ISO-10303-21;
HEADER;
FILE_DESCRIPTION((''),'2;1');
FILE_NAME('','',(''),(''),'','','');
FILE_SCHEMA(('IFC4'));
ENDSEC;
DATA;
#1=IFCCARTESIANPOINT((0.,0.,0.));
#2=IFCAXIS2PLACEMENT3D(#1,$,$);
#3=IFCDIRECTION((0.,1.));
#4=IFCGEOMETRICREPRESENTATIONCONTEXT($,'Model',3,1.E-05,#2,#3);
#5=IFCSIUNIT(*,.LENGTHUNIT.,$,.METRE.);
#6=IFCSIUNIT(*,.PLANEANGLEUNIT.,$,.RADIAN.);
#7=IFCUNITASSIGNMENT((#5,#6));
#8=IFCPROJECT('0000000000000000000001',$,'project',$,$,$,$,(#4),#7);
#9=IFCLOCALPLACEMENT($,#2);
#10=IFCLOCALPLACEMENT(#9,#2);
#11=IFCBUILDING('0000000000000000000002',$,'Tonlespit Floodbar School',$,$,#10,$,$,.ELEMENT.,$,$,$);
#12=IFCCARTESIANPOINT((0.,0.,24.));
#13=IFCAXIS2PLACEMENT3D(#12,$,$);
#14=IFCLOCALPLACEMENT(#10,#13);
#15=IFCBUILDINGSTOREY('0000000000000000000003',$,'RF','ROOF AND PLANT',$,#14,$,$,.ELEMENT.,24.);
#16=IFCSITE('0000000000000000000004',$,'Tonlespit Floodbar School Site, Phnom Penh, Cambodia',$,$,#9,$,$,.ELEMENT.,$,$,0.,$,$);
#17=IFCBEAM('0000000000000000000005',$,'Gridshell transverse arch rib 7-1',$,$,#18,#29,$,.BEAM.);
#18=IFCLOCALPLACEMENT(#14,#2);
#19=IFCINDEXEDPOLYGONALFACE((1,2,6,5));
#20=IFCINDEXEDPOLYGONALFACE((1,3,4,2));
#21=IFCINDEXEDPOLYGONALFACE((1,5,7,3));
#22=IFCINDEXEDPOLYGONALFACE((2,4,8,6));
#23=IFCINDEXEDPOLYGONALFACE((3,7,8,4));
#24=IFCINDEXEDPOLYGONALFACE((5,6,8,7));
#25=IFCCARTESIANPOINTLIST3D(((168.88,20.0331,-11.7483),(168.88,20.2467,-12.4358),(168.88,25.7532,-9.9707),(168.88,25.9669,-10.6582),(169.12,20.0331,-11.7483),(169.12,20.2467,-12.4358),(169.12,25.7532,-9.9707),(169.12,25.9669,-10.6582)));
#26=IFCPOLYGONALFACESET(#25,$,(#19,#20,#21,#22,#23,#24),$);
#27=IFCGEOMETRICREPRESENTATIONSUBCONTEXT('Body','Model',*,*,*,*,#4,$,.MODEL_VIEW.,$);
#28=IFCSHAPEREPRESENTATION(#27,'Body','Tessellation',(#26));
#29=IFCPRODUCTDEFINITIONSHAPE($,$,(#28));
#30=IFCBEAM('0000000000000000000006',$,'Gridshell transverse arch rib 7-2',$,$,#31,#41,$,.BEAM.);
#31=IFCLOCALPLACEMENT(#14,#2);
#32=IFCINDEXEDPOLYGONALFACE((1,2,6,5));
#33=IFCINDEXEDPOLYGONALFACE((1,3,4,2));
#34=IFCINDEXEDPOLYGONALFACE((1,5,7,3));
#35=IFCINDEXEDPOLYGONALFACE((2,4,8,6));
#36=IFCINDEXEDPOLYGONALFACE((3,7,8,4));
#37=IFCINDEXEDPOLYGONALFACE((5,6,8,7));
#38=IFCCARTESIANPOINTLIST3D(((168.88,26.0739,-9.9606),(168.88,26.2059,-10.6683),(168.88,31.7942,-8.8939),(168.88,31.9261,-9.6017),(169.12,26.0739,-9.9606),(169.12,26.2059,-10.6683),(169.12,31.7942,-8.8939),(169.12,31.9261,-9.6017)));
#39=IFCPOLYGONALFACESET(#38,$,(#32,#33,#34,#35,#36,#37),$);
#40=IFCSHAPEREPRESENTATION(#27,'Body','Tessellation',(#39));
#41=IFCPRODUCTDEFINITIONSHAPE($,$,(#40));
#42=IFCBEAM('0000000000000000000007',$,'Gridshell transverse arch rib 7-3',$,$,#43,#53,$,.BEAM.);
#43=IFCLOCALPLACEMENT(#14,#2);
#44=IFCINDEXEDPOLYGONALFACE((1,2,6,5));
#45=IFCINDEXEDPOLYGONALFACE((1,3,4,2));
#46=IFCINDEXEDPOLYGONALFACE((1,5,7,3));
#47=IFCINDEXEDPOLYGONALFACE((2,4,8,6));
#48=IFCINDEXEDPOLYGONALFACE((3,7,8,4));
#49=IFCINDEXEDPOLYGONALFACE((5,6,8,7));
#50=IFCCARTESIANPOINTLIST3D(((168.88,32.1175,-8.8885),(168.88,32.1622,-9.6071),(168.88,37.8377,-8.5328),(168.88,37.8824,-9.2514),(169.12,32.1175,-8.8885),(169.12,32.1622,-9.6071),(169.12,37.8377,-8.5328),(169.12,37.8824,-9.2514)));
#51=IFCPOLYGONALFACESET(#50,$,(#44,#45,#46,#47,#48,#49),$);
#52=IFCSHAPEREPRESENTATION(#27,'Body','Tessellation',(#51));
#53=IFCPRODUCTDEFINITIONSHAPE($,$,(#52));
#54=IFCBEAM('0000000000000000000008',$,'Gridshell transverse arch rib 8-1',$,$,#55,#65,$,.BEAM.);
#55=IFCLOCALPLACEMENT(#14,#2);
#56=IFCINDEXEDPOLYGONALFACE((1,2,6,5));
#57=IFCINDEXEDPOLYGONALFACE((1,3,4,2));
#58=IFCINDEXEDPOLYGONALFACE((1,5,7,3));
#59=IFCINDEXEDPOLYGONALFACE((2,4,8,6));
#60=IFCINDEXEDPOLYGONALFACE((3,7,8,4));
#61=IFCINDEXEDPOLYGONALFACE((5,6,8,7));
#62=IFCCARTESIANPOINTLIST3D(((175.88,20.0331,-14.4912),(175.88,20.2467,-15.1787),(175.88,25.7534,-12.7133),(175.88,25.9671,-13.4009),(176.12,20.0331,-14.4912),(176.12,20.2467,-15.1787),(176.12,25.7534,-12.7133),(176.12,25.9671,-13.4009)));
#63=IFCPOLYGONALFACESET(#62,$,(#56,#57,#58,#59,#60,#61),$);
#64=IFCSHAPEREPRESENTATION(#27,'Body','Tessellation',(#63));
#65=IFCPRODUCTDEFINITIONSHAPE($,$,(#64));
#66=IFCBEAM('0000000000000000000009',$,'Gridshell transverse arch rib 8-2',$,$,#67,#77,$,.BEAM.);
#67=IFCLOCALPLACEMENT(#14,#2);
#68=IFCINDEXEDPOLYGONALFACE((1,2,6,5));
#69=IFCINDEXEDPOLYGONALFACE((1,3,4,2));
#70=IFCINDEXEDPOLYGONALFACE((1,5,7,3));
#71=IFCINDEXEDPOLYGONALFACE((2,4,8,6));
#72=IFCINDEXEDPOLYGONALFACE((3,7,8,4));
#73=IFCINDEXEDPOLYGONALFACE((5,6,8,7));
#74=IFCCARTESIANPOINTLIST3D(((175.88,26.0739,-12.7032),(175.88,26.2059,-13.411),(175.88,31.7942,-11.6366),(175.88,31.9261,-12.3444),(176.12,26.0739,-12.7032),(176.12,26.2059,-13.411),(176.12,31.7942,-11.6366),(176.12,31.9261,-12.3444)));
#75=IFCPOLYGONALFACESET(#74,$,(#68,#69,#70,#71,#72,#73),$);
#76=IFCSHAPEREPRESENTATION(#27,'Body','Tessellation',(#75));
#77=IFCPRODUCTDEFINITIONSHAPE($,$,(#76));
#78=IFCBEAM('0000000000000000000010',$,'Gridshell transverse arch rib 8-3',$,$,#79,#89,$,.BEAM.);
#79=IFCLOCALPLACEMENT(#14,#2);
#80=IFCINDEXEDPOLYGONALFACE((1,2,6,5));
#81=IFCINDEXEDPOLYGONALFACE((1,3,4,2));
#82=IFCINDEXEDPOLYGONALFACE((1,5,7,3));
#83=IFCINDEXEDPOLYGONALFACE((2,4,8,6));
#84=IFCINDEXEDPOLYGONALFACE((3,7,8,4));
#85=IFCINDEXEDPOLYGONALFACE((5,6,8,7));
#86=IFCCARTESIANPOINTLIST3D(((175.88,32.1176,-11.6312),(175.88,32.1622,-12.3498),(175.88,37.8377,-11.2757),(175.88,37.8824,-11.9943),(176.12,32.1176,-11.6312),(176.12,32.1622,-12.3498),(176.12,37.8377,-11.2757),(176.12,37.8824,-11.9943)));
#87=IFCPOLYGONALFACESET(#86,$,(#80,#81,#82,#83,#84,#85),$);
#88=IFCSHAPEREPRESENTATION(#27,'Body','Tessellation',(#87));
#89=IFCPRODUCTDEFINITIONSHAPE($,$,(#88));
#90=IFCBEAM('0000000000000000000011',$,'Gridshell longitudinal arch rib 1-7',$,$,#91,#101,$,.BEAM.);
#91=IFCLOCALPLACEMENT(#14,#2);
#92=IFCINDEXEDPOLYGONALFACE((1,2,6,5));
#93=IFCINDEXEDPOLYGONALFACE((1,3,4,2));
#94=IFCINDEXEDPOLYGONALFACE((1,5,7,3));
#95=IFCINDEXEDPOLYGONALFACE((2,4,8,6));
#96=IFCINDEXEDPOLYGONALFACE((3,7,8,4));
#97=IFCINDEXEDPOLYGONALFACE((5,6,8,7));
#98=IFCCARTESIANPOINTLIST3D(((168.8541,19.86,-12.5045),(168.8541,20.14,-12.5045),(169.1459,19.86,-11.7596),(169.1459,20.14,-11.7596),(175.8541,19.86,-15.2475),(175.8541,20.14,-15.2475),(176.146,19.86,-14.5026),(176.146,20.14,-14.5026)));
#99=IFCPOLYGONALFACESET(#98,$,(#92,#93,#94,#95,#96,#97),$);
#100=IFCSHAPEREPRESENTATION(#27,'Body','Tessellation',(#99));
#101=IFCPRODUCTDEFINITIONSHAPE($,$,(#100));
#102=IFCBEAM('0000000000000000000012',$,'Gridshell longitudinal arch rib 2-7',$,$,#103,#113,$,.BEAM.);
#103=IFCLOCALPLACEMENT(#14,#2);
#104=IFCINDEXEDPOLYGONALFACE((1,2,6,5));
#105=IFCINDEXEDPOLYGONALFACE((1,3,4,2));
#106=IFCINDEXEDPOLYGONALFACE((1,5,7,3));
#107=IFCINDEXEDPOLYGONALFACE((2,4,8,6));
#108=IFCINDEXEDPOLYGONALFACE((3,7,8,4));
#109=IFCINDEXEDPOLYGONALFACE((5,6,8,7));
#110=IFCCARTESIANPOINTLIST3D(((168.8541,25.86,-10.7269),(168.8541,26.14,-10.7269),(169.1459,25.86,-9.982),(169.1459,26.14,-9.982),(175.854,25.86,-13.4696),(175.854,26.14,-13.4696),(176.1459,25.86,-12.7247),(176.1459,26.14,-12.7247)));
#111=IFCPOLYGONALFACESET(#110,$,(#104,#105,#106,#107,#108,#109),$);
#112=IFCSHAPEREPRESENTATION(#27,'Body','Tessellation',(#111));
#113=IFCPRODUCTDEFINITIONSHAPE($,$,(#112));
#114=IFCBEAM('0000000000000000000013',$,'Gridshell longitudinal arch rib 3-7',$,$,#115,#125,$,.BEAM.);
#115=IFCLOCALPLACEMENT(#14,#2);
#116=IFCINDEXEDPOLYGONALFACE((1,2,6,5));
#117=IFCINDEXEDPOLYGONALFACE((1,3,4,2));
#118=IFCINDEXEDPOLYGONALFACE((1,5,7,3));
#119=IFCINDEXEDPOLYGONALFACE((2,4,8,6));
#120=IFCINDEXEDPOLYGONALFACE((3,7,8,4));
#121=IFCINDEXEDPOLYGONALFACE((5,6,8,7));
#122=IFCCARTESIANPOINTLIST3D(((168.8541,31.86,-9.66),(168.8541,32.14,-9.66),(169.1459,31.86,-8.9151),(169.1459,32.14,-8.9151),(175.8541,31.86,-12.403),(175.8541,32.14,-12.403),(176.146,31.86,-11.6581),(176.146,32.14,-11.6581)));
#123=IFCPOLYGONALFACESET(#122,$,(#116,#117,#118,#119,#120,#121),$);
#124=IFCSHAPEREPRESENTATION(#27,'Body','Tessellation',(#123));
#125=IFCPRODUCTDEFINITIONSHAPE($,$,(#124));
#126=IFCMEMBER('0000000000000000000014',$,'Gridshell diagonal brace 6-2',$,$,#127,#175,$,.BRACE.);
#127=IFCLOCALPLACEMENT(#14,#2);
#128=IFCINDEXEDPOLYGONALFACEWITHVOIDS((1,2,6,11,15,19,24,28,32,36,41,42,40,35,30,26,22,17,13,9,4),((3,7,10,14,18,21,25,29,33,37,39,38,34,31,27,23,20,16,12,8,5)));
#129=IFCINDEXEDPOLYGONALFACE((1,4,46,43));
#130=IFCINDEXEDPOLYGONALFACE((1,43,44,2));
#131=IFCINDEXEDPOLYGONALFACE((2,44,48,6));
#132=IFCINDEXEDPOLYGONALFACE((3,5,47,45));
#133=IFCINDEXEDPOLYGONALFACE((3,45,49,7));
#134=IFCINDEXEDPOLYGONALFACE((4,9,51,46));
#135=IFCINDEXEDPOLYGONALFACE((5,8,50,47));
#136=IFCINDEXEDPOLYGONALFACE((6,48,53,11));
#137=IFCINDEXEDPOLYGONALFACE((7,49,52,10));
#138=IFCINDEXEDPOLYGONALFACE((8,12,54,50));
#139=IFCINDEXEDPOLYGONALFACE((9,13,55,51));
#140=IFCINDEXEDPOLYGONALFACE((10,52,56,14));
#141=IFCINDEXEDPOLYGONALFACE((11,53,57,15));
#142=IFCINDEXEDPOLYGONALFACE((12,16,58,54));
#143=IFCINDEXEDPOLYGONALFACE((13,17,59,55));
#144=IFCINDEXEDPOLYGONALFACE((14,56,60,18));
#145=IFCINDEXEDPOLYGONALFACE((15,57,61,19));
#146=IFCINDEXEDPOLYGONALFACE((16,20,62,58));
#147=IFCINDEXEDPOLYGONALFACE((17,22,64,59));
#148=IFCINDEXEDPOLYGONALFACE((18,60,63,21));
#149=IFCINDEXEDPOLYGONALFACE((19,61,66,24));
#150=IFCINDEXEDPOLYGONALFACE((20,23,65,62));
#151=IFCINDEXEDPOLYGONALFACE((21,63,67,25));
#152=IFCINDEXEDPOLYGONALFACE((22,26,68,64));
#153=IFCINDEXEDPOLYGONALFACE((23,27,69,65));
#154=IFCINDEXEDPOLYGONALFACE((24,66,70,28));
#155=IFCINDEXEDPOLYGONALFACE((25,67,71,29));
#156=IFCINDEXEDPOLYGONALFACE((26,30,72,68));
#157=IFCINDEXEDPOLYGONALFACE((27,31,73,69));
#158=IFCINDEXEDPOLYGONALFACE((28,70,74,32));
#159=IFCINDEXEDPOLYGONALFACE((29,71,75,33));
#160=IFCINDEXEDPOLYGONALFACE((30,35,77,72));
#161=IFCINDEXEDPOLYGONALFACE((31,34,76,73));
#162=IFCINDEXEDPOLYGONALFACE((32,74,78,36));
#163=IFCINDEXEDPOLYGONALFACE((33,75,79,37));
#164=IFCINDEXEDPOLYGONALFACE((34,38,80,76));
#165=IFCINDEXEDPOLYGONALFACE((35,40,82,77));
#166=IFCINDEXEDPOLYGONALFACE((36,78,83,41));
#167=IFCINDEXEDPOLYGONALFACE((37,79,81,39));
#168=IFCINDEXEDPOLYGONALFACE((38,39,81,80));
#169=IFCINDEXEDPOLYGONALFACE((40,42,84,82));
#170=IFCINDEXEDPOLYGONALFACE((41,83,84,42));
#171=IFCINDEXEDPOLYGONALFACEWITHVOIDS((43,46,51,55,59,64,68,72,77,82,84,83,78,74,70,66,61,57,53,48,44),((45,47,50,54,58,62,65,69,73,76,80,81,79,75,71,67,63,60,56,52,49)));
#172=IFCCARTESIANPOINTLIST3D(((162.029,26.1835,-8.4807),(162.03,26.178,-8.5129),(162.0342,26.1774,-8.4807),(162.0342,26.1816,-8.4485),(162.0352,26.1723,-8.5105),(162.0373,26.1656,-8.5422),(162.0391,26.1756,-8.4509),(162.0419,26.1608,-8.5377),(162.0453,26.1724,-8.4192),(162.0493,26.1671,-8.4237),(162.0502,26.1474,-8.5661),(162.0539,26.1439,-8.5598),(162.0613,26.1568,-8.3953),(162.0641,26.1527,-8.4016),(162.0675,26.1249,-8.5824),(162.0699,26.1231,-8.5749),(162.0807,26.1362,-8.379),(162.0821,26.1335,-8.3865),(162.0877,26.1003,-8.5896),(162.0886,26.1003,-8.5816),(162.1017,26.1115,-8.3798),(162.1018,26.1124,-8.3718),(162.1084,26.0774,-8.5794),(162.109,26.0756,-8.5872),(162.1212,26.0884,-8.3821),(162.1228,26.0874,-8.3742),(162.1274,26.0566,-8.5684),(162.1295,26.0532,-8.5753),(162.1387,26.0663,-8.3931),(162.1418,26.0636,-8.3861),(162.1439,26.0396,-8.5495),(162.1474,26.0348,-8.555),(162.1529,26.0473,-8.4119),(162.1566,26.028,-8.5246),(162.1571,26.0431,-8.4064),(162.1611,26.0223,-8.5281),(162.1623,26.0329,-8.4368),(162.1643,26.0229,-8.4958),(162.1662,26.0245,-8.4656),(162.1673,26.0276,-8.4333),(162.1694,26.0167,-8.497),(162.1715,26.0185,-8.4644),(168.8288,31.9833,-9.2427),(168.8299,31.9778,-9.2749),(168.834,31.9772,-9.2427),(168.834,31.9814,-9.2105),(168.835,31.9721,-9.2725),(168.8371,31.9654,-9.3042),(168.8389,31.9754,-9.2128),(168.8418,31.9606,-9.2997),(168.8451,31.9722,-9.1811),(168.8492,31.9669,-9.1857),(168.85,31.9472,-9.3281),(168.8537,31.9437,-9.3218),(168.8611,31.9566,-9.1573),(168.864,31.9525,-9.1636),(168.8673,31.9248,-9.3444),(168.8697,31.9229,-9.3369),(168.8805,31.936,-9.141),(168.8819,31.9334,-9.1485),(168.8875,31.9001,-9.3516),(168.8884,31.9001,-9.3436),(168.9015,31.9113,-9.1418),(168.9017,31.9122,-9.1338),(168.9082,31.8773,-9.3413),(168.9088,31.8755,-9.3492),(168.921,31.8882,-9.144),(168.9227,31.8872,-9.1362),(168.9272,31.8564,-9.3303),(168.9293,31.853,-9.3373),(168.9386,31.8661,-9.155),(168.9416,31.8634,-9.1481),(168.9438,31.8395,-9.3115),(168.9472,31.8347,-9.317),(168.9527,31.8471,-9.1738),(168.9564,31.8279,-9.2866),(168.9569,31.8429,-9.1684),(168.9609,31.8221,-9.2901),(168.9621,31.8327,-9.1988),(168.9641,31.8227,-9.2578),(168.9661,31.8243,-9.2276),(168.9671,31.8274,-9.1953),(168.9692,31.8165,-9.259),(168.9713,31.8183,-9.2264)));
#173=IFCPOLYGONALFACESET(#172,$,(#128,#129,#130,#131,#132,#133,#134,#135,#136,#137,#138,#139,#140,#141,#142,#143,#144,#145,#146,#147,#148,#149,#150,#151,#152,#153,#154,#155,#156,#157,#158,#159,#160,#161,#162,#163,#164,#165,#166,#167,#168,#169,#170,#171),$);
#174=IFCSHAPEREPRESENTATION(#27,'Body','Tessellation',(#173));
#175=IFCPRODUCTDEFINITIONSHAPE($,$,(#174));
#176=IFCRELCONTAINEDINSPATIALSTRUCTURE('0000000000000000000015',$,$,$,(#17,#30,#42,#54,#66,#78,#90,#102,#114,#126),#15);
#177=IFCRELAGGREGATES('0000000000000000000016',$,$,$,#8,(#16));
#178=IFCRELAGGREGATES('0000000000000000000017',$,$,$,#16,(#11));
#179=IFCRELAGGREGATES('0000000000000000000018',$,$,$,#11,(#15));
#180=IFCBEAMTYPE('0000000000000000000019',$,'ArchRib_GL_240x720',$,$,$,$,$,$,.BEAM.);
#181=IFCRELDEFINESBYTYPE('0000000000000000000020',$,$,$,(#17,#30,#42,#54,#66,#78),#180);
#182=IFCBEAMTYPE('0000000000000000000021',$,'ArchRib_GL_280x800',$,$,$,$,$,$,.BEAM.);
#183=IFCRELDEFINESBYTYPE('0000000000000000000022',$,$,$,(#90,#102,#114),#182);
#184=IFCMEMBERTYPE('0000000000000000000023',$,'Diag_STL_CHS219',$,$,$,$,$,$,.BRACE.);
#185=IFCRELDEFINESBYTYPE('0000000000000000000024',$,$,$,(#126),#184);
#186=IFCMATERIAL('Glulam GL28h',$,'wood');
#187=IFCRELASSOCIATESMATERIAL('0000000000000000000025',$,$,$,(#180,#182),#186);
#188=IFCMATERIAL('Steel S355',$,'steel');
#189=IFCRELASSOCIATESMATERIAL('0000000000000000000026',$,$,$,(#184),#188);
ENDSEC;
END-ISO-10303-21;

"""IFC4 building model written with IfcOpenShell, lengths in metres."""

from ifc_helpers import new_model, si_unit, direction, frame, origin, origin_2d, place, context, subcontext, project, spatial, rectangle, hollow_circle, extrude, material, material_profile, profile_set, type_object, element, save


model = new_model("IFC4")

# Units and contexts
model_context = context("Model", 3, precision=1e-05, world=origin(), true_north=direction((0.0, 1.0)))
body_context = subcontext(model_context, "Body", "Model", "MODEL_VIEW")
ifc_project = project(units=[si_unit("LENGTHUNIT", "METRE"), si_unit("PLANEANGLEUNIT", "RADIAN")], contexts=[model_context])

# Site, building, storey
site_placement = place(None, origin())
site = spatial("IfcSite", under=ifc_project, at=site_placement, Name="Tonlespit Floodbar School Site, Phnom Penh, Cambodia", CompositionType="ELEMENT", RefElevation=0.0)
building_placement = place(site_placement, origin())
building = spatial("IfcBuilding", under=site, at=building_placement, Name="Tonlespit Floodbar School", CompositionType="ELEMENT")
storey_placement = place(building_placement, frame((0.0, 0.0, 24.0)))
storey = spatial("IfcBuildingStorey", under=building, at=storey_placement, Name="RF", Description="ROOF AND PLANT", CompositionType="ELEMENT", Elevation=24.0)

# Beams
ifc_material_1 = material(Name="Glulam GL28h", Category="wood")
ifc_material_profile_1 = material_profile(ifc_material_1, rectangle(XDim=0.24, YDim=0.72, at=origin_2d()), Name="GL 240x720")
ifc_profile_set_1 = profile_set([ifc_material_profile_1], Name="Glulam GL28h")
beam_type_1 = type_object("IfcBeamType", Name="ArchRib_GL_240x720", PredefinedType="BEAM", material=ifc_profile_set_1)
beam_1_placement = place(storey_placement, frame((169.0, 20.1399, -12.092), z_axis=(0.0, 0.954953, 0.296757), x_axis=(-1.0, 0.0, 0.0)))
element("IfcBeam", 1, at=beam_1_placement, inside=storey, type_object=beam_type_1, Name="Gridshell transverse arch rib 7-1", PredefinedType="BEAM", context=body_context, shape_type="SweptSolid", body=[
    extrude(rectangle(XDim=0.24, YDim=0.72, at=origin_2d()), origin(), (0.0, 0.0, 1.0), 5.99),
])
beam_2_placement = place(storey_placement, frame((169.0, 26.1399, -10.3145), z_axis=(0.0, 0.983055, 0.183311), x_axis=(-1.0, 0.0, 0.0)))
element("IfcBeam", 2, at=beam_2_placement, inside=storey, type_object=beam_type_1, Name="Gridshell transverse arch rib 7-2", PredefinedType="BEAM", context=body_context, shape_type="SweptSolid", body=[
    extrude(rectangle(XDim=0.24, YDim=0.72, at=origin_2d()), origin(), (0.0, 0.0, 1.0), 5.8188),
])
beam_3_placement = place(storey_placement, frame((169.0, 32.1399, -9.2478), z_axis=(0.0, 0.998072, 0.062065), x_axis=(-1.0, 0.0, 0.0)))
element("IfcBeam", 3, at=beam_3_placement, inside=storey, type_object=beam_type_1, Name="Gridshell transverse arch rib 7-3", PredefinedType="BEAM", context=body_context, shape_type="SweptSolid", body=[
    extrude(rectangle(XDim=0.24, YDim=0.72, at=origin_2d()), origin(), (0.0, 0.0, 1.0), 5.7312),
])
beam_4_placement = place(storey_placement, frame((176.0, 20.1399, -14.835), z_axis=(0.0, 0.954942, 0.296794), x_axis=(-1.0, 0.0, 0.0)))
element("IfcBeam", 4, at=beam_4_placement, inside=storey, type_object=beam_type_1, Name="Gridshell transverse arch rib 8-1", PredefinedType="BEAM", context=body_context, shape_type="SweptSolid", body=[
    extrude(rectangle(XDim=0.24, YDim=0.72, at=origin_2d()), origin(), (0.0, 0.0, 1.0), 5.9902),
])
beam_5_placement = place(storey_placement, frame((176.0, 26.1399, -13.0571), z_axis=(0.0, 0.983055, 0.183311), x_axis=(-1.0, 0.0, 0.0)))
element("IfcBeam", 5, at=beam_5_placement, inside=storey, type_object=beam_type_1, Name="Gridshell transverse arch rib 8-2", PredefinedType="BEAM", context=body_context, shape_type="SweptSolid", body=[
    extrude(rectangle(XDim=0.24, YDim=0.72, at=origin_2d()), origin(), (0.0, 0.0, 1.0), 5.8188),
])
beam_6_placement = place(storey_placement, frame((176.0, 32.1399, -11.9905), z_axis=(0.0, 0.998075, 0.062023), x_axis=(-1.0, 0.0, 0.0)))
element("IfcBeam", 6, at=beam_6_placement, inside=storey, type_object=beam_type_1, Name="Gridshell transverse arch rib 8-3", PredefinedType="BEAM", context=body_context, shape_type="SweptSolid", body=[
    extrude(rectangle(XDim=0.24, YDim=0.72, at=origin_2d()), origin(), (0.0, 0.0, 1.0), 5.7312),
])
ifc_material_profile_2 = material_profile(ifc_material_1, rectangle(XDim=0.28, YDim=0.8, at=origin_2d()), Name="GL 280x800")
ifc_profile_set_2 = profile_set([ifc_material_profile_2], Name="Glulam GL28h")
beam_type_2 = type_object("IfcBeamType", Name="ArchRib_GL_280x800", PredefinedType="BEAM", material=ifc_profile_set_2)
beam_7_placement = place(storey_placement, frame((169.0, 20.0, -12.1321), z_axis=(0.931072, 0.0, -0.364836), x_axis=(0.0, 1.0, 0.0)))
element("IfcBeam", 7, at=beam_7_placement, inside=storey, type_object=beam_type_2, Name="Gridshell longitudinal arch rib 1-7", PredefinedType="BEAM", context=body_context, shape_type="SweptSolid", body=[
    extrude(rectangle(XDim=0.28, YDim=0.8, at=origin_2d()), origin(), (0.0, 0.0, 1.0), 7.5183),
])
beam_8_placement = place(storey_placement, frame((169.0, 26.0, -10.3545), z_axis=(0.931083, 0.0, -0.364808), x_axis=(0.0, 1.0, 0.0)))
element("IfcBeam", 8, at=beam_8_placement, inside=storey, type_object=beam_type_2, Name="Gridshell longitudinal arch rib 2-7", PredefinedType="BEAM", context=body_context, shape_type="SweptSolid", body=[
    extrude(rectangle(XDim=0.28, YDim=0.8, at=origin_2d()), origin(), (0.0, 0.0, 1.0), 7.5181),
])
beam_9_placement = place(storey_placement, frame((169.0, 32.0, -9.2876), z_axis=(0.931072, 0.0, -0.364836), x_axis=(0.0, 1.0, 0.0)))
element("IfcBeam", 9, at=beam_9_placement, inside=storey, type_object=beam_type_2, Name="Gridshell longitudinal arch rib 3-7", PredefinedType="BEAM", context=body_context, shape_type="SweptSolid", body=[
    extrude(rectangle(XDim=0.28, YDim=0.8, at=origin_2d()), origin(), (0.0, 0.0, 1.0), 7.5183),
])

# Member
ifc_material_2 = material(Name="Steel S355", Category="steel")
ifc_material_profile_3 = material_profile(ifc_material_2, hollow_circle(Radius=0.1096, WallThickness=0.0081, at=origin_2d()), Name="CHS 219.1x8")
ifc_profile_set_3 = profile_set([ifc_material_profile_3], Name="Steel S355")
member_type_1 = type_object("IfcMemberType", Name="Diag_STL_CHS219", PredefinedType="BRACE", material=ifc_profile_set_3)
member_1_placement = place(storey_placement, frame((162.1001, 26.1001, -8.4807), z_axis=(0.758085, 0.646599, -0.084948), x_axis=(-0.648945, 0.760836, 0.0)))
element("IfcMember", 10, at=member_1_placement, inside=storey, type_object=member_type_1, Name="Gridshell diagonal brace 6-2", PredefinedType="BRACE", context=body_context, shape_type="SweptSolid", body=[
    extrude(hollow_circle(Radius=0.1096, WallThickness=0.0081, at=origin_2d()), origin(), (0.0, 0.0, 1.0), 8.9697),
])

save(model, "model.ifc")
